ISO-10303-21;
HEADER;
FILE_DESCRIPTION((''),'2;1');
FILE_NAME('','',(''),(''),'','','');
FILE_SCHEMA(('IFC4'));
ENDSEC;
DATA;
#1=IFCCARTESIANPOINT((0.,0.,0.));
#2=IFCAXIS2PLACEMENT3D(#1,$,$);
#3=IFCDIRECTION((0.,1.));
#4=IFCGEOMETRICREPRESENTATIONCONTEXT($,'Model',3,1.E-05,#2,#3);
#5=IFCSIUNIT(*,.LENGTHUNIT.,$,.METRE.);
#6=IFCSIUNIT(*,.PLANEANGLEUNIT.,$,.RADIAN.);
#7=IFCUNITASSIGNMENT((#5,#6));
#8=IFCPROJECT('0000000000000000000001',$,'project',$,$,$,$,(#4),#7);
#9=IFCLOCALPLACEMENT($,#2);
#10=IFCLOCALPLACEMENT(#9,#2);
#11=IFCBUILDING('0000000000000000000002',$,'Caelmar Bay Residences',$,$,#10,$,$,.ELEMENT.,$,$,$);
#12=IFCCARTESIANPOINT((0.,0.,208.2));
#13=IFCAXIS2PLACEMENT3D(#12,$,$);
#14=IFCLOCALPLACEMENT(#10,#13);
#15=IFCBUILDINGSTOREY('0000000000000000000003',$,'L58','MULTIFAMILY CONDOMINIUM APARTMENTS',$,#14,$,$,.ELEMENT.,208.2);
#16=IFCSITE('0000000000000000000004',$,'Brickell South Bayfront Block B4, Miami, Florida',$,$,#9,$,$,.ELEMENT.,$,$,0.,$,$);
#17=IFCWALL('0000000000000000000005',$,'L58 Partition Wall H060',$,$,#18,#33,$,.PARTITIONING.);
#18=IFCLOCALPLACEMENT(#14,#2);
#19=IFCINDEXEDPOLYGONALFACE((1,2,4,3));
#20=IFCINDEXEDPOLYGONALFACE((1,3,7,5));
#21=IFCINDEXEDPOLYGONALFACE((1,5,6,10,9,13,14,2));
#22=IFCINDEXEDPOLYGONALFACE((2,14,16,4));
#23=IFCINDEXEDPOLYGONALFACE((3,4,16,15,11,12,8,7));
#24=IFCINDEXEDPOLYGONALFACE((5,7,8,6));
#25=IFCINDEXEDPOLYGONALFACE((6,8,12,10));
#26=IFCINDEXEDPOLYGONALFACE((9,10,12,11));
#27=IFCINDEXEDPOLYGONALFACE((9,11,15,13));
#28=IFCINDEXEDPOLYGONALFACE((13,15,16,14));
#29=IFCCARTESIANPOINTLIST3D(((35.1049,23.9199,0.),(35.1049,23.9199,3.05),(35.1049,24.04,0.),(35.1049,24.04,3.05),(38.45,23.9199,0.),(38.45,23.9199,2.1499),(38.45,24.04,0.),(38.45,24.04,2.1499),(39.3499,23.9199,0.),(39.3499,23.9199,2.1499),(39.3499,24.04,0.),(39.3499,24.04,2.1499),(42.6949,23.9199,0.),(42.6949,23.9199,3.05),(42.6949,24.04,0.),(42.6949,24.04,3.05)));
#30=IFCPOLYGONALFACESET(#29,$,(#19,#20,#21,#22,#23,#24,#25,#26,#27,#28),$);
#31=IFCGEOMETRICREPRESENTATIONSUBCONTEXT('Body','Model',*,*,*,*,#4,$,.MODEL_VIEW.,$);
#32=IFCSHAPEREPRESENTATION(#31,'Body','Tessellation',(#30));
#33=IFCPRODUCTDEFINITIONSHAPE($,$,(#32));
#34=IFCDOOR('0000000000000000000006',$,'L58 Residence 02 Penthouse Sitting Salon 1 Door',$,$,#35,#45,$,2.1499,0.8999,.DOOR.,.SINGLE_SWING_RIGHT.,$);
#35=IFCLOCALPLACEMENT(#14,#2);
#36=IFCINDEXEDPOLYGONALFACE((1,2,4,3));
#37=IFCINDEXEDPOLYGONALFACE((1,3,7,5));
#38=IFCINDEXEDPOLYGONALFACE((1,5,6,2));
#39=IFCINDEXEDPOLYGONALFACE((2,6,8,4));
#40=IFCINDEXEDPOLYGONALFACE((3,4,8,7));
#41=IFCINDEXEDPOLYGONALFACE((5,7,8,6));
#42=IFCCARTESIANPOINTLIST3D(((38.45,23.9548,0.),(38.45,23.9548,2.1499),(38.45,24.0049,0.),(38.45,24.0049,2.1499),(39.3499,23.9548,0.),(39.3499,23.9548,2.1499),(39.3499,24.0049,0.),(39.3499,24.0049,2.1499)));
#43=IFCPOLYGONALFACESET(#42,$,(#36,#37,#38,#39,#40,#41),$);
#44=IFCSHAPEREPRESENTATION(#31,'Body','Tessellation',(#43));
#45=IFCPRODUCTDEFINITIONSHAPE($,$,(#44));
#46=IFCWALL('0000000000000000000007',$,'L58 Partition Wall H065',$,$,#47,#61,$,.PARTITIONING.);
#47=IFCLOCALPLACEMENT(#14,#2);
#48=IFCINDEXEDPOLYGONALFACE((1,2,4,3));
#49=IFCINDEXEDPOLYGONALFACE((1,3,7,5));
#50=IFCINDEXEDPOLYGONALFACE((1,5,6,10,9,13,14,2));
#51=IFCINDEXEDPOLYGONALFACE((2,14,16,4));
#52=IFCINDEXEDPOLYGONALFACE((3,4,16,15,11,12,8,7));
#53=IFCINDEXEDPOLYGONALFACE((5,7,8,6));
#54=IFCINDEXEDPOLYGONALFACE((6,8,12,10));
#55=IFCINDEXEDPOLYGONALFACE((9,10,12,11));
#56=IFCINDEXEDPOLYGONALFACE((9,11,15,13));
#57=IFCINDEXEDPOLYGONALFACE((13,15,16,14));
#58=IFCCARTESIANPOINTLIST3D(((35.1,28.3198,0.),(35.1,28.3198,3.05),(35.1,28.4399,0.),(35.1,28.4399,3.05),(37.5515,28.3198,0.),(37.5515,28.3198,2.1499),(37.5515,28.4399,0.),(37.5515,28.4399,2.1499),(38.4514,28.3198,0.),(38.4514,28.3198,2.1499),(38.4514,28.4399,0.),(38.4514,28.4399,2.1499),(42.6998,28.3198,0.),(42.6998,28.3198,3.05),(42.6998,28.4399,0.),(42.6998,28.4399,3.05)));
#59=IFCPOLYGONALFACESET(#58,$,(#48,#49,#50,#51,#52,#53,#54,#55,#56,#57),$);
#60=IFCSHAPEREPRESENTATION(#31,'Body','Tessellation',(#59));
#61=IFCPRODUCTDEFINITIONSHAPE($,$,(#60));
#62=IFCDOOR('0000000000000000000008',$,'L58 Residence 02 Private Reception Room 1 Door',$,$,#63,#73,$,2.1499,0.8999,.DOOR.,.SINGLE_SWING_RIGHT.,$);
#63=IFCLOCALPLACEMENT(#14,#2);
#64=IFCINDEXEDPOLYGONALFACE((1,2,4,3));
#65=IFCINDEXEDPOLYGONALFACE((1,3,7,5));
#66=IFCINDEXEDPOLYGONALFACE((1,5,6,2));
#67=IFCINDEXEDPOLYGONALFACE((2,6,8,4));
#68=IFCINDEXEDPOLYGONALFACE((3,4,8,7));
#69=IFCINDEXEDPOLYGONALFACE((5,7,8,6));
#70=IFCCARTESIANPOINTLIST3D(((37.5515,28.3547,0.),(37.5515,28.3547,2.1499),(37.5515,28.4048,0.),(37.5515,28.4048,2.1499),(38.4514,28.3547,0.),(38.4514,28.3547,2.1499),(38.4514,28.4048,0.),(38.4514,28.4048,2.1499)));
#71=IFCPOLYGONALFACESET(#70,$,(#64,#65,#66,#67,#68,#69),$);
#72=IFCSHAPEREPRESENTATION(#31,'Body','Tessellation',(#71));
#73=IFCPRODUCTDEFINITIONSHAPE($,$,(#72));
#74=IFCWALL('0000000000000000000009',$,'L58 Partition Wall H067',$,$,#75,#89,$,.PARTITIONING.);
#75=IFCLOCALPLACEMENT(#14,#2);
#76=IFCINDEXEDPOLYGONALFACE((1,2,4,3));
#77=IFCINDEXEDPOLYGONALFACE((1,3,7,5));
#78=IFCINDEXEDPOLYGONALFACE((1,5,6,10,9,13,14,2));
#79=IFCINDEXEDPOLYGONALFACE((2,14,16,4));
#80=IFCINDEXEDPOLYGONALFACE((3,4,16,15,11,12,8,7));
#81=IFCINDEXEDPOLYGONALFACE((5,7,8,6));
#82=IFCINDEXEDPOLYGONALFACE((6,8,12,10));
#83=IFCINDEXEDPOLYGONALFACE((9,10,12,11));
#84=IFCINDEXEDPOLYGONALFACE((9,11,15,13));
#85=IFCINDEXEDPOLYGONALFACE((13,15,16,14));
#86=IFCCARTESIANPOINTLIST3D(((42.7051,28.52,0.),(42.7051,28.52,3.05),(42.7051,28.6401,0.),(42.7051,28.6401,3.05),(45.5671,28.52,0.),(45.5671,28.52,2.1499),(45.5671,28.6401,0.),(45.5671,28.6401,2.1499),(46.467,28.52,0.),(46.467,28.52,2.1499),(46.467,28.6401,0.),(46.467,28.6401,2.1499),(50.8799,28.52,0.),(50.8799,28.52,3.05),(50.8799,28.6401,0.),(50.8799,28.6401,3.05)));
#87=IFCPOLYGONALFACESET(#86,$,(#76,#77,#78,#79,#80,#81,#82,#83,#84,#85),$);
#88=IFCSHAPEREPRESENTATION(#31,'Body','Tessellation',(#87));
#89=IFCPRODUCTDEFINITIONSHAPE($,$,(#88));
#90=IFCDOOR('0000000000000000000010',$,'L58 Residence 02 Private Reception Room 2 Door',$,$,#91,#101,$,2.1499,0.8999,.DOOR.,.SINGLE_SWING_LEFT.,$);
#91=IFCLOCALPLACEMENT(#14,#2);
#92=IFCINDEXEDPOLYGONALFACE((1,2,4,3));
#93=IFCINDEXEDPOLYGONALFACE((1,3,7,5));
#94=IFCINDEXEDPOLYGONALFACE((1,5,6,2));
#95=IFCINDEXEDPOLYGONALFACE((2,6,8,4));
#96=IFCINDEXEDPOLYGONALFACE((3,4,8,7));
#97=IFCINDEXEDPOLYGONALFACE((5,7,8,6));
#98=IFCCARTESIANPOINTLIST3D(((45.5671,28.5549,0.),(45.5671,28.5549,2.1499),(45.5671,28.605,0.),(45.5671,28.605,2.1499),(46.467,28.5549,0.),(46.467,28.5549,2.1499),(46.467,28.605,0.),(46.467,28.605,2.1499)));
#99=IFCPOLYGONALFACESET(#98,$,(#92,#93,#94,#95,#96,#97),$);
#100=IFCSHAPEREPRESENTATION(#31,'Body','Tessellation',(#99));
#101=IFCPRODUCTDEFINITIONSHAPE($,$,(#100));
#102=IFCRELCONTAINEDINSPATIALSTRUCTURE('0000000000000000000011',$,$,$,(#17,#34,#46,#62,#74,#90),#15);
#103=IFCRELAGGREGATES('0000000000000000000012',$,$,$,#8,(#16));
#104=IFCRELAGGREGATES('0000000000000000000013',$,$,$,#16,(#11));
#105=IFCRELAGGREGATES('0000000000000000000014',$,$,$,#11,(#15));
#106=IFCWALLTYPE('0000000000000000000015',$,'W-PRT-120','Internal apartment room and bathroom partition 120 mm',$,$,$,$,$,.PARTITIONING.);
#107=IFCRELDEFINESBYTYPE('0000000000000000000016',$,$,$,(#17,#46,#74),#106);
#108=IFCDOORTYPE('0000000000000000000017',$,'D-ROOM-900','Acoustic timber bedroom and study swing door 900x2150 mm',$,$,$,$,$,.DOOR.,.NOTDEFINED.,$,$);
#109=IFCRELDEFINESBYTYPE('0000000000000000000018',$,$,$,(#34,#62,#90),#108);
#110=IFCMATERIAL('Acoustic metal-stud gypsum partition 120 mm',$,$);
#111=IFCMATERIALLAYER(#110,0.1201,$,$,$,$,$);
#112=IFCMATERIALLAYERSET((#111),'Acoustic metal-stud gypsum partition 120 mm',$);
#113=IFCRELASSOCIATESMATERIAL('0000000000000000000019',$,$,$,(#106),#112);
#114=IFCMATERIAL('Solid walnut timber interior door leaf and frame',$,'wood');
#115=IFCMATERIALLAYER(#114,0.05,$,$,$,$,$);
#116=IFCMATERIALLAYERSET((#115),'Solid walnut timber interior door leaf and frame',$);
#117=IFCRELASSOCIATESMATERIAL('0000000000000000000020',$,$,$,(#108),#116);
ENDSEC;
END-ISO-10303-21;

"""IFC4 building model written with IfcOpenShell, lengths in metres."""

from ifc_helpers import new_model, si_unit, direction, frame, frame_2d, origin, place, context, subcontext, project, spatial, rectangle, extrude, material, layer, layer_set, type_object, element, fill, save


model = new_model("IFC4")

# Units and contexts
model_context = context("Model", 3, precision=1e-05, world=origin(), true_north=direction((0.0, 1.0)))
body_context = subcontext(model_context, "Body", "Model", "MODEL_VIEW")
ifc_project = project(units=[si_unit("LENGTHUNIT", "METRE"), si_unit("PLANEANGLEUNIT", "RADIAN")], contexts=[model_context])

# Site, building, storey
site_placement = place(None, origin())
site = spatial("IfcSite", under=ifc_project, at=site_placement, Name="Brickell South Bayfront Block B4, Miami, Florida", CompositionType="ELEMENT", RefElevation=0.0)
building_placement = place(site_placement, origin())
building = spatial("IfcBuilding", under=site, at=building_placement, Name="Caelmar Bay Residences", CompositionType="ELEMENT")
storey_placement = place(building_placement, frame((0.0, 0.0, 208.2)))
storey = spatial("IfcBuildingStorey", under=building, at=storey_placement, Name="L58", Description="MULTIFAMILY CONDOMINIUM APARTMENTS", CompositionType="ELEMENT", Elevation=208.2)

# Walls, openings, doors
ifc_material_1 = material(Name="Acoustic metal-stud gypsum partition 120 mm")
ifc_layer_1 = layer(ifc_material_1, 0.1201)
ifc_layer_set_1 = layer_set([ifc_layer_1], Name="Acoustic metal-stud gypsum partition 120 mm")
wall_type = type_object("IfcWallType", Name="W-PRT-120", Description="Internal apartment room and bathroom partition 120 mm", PredefinedType="PARTITIONING", material=ifc_layer_set_1)
ifc_material_2 = material(Name="Solid walnut timber interior door leaf and frame", Category="wood")
ifc_layer_2 = layer(ifc_material_2, 0.05)
ifc_layer_set_2 = layer_set([ifc_layer_2], Name="Solid walnut timber interior door leaf and frame")
door_type_1 = type_object("IfcDoorType", Name="D-ROOM-900", Description="Acoustic timber bedroom and study swing door 900x2150 mm", OperationType="NOTDEFINED", PredefinedType="DOOR", material=ifc_layer_set_2)
wall_1_placement = place(storey_placement, frame((35.105, 23.98, 0.0), z_axis=(0.0, 0.0, 1.0), x_axis=(1.0, 0.0, 0.0)))
wall_1 = element("IfcWall", 1, at=wall_1_placement, inside=storey, type_object=wall_type, Name="L58 Partition Wall H060", PredefinedType="PARTITIONING", context=body_context, shape_type="SweptSolid", body=[
    extrude(rectangle(XDim=7.5901, YDim=0.1201, at=frame_2d((3.7949, 0.0))), origin(), (0.0, 0.0, 1.0), 3.05),
])
opening_1_placement = place(wall_1_placement, frame((3.345, 0.0, 0.0)))
opening_1 = element("IfcOpeningElement", 2, at=opening_1_placement, cuts=wall_1, PredefinedType="OPENING", context=body_context, shape_type="SweptSolid", body=[
    extrude(rectangle(XDim=0.8999, YDim=2.1499, at=frame_2d((0.45, 1.075))), frame((0.0, 0.0701, 0.0), z_axis=(0.0, -1.0, 0.0), x_axis=(1.0, 0.0, 0.0)), (0.0, 0.0, 1.0), 0.1401),
])
door_1_placement = place(opening_1_placement, origin())
door_1 = element("IfcDoor", 3, at=door_1_placement, inside=storey, type_object=door_type_1, Name="L58 Residence 02 Penthouse Sitting Salon 1 Door", OperationType="SINGLE_SWING_RIGHT", OverallHeight=2.1499, OverallWidth=0.8999, PredefinedType="DOOR", context=body_context, shape_type="SweptSolid", body=[
    extrude(rectangle(XDim=0.8999, YDim=2.1499, at=frame_2d((0.45, 1.075))), frame((0.0, 0.0249, 0.0), z_axis=(0.0, -1.0, 0.0), x_axis=(1.0, 0.0, 0.0)), (0.0, 0.0, 1.0), 0.05),
])
fill(opening_1, door_1)
wall_2_placement = place(storey_placement, frame((35.1001, 28.3799, 0.0), z_axis=(0.0, 0.0, 1.0), x_axis=(1.0, 0.0, 0.0)))
wall_2 = element("IfcWall", 4, at=wall_2_placement, inside=storey, type_object=wall_type, Name="L58 Partition Wall H065", PredefinedType="PARTITIONING", context=body_context, shape_type="SweptSolid", body=[
    extrude(rectangle(XDim=7.5999, YDim=0.1201, at=frame_2d((3.7998, 0.0))), origin(), (0.0, 0.0, 1.0), 3.05),
])
opening_2_placement = place(wall_2_placement, frame((2.4514, 0.0, 0.0)))
opening_2 = element("IfcOpeningElement", 5, at=opening_2_placement, cuts=wall_2, PredefinedType="OPENING", context=body_context, shape_type="SweptSolid", body=[
    extrude(rectangle(XDim=0.8999, YDim=2.1499, at=frame_2d((0.45, 1.075))), frame((0.0, 0.0701, 0.0), z_axis=(0.0, -1.0, 0.0), x_axis=(1.0, 0.0, 0.0)), (0.0, 0.0, 1.0), 0.1401),
])
door_2_placement = place(opening_2_placement, origin())
door_2 = element("IfcDoor", 6, at=door_2_placement, inside=storey, type_object=door_type_1, Name="L58 Residence 02 Private Reception Room 1 Door", OperationType="SINGLE_SWING_RIGHT", OverallHeight=2.1499, OverallWidth=0.8999, PredefinedType="DOOR", context=body_context, shape_type="SweptSolid", body=[
    extrude(rectangle(XDim=0.8999, YDim=2.1499, at=frame_2d((0.45, 1.075))), frame((0.0, 0.0249, 0.0), z_axis=(0.0, -1.0, 0.0), x_axis=(1.0, 0.0, 0.0)), (0.0, 0.0, 1.0), 0.05),
])
fill(opening_2, door_2)
wall_3_placement = place(storey_placement, frame((42.7051, 28.5801, 0.0), z_axis=(0.0, 0.0, 1.0), x_axis=(1.0, 0.0, 0.0)))
wall_3 = element("IfcWall", 7, at=wall_3_placement, inside=storey, type_object=wall_type, Name="L58 Partition Wall H067", PredefinedType="PARTITIONING", context=body_context, shape_type="SweptSolid", body=[
    extrude(rectangle(XDim=8.1748, YDim=0.1201, at=frame_2d((4.0874, 0.0))), origin(), (0.0, 0.0, 1.0), 3.05),
])
opening_3_placement = place(wall_3_placement, frame((2.8621, 0.0, 0.0)))
opening_3 = element("IfcOpeningElement", 8, at=opening_3_placement, cuts=wall_3, PredefinedType="OPENING", context=body_context, shape_type="SweptSolid", body=[
    extrude(rectangle(XDim=0.8999, YDim=2.1499, at=frame_2d((0.45, 1.075))), frame((0.0, 0.0701, 0.0), z_axis=(0.0, -1.0, 0.0), x_axis=(1.0, 0.0, 0.0)), (0.0, 0.0, 1.0), 0.1401),
])
door_3_placement = place(opening_3_placement, origin())
door_3 = element("IfcDoor", 9, at=door_3_placement, inside=storey, type_object=door_type_1, Name="L58 Residence 02 Private Reception Room 2 Door", OperationType="SINGLE_SWING_LEFT", OverallHeight=2.1499, OverallWidth=0.8999, PredefinedType="DOOR", context=body_context, shape_type="SweptSolid", body=[
    extrude(rectangle(XDim=0.8999, YDim=2.1499, at=frame_2d((0.45, 1.075))), frame((0.0, 0.0249, 0.0), z_axis=(0.0, -1.0, 0.0), x_axis=(1.0, 0.0, 0.0)), (0.0, 0.0, 1.0), 0.05),
])
fill(opening_3, door_3)

save(model, "model.ifc")
